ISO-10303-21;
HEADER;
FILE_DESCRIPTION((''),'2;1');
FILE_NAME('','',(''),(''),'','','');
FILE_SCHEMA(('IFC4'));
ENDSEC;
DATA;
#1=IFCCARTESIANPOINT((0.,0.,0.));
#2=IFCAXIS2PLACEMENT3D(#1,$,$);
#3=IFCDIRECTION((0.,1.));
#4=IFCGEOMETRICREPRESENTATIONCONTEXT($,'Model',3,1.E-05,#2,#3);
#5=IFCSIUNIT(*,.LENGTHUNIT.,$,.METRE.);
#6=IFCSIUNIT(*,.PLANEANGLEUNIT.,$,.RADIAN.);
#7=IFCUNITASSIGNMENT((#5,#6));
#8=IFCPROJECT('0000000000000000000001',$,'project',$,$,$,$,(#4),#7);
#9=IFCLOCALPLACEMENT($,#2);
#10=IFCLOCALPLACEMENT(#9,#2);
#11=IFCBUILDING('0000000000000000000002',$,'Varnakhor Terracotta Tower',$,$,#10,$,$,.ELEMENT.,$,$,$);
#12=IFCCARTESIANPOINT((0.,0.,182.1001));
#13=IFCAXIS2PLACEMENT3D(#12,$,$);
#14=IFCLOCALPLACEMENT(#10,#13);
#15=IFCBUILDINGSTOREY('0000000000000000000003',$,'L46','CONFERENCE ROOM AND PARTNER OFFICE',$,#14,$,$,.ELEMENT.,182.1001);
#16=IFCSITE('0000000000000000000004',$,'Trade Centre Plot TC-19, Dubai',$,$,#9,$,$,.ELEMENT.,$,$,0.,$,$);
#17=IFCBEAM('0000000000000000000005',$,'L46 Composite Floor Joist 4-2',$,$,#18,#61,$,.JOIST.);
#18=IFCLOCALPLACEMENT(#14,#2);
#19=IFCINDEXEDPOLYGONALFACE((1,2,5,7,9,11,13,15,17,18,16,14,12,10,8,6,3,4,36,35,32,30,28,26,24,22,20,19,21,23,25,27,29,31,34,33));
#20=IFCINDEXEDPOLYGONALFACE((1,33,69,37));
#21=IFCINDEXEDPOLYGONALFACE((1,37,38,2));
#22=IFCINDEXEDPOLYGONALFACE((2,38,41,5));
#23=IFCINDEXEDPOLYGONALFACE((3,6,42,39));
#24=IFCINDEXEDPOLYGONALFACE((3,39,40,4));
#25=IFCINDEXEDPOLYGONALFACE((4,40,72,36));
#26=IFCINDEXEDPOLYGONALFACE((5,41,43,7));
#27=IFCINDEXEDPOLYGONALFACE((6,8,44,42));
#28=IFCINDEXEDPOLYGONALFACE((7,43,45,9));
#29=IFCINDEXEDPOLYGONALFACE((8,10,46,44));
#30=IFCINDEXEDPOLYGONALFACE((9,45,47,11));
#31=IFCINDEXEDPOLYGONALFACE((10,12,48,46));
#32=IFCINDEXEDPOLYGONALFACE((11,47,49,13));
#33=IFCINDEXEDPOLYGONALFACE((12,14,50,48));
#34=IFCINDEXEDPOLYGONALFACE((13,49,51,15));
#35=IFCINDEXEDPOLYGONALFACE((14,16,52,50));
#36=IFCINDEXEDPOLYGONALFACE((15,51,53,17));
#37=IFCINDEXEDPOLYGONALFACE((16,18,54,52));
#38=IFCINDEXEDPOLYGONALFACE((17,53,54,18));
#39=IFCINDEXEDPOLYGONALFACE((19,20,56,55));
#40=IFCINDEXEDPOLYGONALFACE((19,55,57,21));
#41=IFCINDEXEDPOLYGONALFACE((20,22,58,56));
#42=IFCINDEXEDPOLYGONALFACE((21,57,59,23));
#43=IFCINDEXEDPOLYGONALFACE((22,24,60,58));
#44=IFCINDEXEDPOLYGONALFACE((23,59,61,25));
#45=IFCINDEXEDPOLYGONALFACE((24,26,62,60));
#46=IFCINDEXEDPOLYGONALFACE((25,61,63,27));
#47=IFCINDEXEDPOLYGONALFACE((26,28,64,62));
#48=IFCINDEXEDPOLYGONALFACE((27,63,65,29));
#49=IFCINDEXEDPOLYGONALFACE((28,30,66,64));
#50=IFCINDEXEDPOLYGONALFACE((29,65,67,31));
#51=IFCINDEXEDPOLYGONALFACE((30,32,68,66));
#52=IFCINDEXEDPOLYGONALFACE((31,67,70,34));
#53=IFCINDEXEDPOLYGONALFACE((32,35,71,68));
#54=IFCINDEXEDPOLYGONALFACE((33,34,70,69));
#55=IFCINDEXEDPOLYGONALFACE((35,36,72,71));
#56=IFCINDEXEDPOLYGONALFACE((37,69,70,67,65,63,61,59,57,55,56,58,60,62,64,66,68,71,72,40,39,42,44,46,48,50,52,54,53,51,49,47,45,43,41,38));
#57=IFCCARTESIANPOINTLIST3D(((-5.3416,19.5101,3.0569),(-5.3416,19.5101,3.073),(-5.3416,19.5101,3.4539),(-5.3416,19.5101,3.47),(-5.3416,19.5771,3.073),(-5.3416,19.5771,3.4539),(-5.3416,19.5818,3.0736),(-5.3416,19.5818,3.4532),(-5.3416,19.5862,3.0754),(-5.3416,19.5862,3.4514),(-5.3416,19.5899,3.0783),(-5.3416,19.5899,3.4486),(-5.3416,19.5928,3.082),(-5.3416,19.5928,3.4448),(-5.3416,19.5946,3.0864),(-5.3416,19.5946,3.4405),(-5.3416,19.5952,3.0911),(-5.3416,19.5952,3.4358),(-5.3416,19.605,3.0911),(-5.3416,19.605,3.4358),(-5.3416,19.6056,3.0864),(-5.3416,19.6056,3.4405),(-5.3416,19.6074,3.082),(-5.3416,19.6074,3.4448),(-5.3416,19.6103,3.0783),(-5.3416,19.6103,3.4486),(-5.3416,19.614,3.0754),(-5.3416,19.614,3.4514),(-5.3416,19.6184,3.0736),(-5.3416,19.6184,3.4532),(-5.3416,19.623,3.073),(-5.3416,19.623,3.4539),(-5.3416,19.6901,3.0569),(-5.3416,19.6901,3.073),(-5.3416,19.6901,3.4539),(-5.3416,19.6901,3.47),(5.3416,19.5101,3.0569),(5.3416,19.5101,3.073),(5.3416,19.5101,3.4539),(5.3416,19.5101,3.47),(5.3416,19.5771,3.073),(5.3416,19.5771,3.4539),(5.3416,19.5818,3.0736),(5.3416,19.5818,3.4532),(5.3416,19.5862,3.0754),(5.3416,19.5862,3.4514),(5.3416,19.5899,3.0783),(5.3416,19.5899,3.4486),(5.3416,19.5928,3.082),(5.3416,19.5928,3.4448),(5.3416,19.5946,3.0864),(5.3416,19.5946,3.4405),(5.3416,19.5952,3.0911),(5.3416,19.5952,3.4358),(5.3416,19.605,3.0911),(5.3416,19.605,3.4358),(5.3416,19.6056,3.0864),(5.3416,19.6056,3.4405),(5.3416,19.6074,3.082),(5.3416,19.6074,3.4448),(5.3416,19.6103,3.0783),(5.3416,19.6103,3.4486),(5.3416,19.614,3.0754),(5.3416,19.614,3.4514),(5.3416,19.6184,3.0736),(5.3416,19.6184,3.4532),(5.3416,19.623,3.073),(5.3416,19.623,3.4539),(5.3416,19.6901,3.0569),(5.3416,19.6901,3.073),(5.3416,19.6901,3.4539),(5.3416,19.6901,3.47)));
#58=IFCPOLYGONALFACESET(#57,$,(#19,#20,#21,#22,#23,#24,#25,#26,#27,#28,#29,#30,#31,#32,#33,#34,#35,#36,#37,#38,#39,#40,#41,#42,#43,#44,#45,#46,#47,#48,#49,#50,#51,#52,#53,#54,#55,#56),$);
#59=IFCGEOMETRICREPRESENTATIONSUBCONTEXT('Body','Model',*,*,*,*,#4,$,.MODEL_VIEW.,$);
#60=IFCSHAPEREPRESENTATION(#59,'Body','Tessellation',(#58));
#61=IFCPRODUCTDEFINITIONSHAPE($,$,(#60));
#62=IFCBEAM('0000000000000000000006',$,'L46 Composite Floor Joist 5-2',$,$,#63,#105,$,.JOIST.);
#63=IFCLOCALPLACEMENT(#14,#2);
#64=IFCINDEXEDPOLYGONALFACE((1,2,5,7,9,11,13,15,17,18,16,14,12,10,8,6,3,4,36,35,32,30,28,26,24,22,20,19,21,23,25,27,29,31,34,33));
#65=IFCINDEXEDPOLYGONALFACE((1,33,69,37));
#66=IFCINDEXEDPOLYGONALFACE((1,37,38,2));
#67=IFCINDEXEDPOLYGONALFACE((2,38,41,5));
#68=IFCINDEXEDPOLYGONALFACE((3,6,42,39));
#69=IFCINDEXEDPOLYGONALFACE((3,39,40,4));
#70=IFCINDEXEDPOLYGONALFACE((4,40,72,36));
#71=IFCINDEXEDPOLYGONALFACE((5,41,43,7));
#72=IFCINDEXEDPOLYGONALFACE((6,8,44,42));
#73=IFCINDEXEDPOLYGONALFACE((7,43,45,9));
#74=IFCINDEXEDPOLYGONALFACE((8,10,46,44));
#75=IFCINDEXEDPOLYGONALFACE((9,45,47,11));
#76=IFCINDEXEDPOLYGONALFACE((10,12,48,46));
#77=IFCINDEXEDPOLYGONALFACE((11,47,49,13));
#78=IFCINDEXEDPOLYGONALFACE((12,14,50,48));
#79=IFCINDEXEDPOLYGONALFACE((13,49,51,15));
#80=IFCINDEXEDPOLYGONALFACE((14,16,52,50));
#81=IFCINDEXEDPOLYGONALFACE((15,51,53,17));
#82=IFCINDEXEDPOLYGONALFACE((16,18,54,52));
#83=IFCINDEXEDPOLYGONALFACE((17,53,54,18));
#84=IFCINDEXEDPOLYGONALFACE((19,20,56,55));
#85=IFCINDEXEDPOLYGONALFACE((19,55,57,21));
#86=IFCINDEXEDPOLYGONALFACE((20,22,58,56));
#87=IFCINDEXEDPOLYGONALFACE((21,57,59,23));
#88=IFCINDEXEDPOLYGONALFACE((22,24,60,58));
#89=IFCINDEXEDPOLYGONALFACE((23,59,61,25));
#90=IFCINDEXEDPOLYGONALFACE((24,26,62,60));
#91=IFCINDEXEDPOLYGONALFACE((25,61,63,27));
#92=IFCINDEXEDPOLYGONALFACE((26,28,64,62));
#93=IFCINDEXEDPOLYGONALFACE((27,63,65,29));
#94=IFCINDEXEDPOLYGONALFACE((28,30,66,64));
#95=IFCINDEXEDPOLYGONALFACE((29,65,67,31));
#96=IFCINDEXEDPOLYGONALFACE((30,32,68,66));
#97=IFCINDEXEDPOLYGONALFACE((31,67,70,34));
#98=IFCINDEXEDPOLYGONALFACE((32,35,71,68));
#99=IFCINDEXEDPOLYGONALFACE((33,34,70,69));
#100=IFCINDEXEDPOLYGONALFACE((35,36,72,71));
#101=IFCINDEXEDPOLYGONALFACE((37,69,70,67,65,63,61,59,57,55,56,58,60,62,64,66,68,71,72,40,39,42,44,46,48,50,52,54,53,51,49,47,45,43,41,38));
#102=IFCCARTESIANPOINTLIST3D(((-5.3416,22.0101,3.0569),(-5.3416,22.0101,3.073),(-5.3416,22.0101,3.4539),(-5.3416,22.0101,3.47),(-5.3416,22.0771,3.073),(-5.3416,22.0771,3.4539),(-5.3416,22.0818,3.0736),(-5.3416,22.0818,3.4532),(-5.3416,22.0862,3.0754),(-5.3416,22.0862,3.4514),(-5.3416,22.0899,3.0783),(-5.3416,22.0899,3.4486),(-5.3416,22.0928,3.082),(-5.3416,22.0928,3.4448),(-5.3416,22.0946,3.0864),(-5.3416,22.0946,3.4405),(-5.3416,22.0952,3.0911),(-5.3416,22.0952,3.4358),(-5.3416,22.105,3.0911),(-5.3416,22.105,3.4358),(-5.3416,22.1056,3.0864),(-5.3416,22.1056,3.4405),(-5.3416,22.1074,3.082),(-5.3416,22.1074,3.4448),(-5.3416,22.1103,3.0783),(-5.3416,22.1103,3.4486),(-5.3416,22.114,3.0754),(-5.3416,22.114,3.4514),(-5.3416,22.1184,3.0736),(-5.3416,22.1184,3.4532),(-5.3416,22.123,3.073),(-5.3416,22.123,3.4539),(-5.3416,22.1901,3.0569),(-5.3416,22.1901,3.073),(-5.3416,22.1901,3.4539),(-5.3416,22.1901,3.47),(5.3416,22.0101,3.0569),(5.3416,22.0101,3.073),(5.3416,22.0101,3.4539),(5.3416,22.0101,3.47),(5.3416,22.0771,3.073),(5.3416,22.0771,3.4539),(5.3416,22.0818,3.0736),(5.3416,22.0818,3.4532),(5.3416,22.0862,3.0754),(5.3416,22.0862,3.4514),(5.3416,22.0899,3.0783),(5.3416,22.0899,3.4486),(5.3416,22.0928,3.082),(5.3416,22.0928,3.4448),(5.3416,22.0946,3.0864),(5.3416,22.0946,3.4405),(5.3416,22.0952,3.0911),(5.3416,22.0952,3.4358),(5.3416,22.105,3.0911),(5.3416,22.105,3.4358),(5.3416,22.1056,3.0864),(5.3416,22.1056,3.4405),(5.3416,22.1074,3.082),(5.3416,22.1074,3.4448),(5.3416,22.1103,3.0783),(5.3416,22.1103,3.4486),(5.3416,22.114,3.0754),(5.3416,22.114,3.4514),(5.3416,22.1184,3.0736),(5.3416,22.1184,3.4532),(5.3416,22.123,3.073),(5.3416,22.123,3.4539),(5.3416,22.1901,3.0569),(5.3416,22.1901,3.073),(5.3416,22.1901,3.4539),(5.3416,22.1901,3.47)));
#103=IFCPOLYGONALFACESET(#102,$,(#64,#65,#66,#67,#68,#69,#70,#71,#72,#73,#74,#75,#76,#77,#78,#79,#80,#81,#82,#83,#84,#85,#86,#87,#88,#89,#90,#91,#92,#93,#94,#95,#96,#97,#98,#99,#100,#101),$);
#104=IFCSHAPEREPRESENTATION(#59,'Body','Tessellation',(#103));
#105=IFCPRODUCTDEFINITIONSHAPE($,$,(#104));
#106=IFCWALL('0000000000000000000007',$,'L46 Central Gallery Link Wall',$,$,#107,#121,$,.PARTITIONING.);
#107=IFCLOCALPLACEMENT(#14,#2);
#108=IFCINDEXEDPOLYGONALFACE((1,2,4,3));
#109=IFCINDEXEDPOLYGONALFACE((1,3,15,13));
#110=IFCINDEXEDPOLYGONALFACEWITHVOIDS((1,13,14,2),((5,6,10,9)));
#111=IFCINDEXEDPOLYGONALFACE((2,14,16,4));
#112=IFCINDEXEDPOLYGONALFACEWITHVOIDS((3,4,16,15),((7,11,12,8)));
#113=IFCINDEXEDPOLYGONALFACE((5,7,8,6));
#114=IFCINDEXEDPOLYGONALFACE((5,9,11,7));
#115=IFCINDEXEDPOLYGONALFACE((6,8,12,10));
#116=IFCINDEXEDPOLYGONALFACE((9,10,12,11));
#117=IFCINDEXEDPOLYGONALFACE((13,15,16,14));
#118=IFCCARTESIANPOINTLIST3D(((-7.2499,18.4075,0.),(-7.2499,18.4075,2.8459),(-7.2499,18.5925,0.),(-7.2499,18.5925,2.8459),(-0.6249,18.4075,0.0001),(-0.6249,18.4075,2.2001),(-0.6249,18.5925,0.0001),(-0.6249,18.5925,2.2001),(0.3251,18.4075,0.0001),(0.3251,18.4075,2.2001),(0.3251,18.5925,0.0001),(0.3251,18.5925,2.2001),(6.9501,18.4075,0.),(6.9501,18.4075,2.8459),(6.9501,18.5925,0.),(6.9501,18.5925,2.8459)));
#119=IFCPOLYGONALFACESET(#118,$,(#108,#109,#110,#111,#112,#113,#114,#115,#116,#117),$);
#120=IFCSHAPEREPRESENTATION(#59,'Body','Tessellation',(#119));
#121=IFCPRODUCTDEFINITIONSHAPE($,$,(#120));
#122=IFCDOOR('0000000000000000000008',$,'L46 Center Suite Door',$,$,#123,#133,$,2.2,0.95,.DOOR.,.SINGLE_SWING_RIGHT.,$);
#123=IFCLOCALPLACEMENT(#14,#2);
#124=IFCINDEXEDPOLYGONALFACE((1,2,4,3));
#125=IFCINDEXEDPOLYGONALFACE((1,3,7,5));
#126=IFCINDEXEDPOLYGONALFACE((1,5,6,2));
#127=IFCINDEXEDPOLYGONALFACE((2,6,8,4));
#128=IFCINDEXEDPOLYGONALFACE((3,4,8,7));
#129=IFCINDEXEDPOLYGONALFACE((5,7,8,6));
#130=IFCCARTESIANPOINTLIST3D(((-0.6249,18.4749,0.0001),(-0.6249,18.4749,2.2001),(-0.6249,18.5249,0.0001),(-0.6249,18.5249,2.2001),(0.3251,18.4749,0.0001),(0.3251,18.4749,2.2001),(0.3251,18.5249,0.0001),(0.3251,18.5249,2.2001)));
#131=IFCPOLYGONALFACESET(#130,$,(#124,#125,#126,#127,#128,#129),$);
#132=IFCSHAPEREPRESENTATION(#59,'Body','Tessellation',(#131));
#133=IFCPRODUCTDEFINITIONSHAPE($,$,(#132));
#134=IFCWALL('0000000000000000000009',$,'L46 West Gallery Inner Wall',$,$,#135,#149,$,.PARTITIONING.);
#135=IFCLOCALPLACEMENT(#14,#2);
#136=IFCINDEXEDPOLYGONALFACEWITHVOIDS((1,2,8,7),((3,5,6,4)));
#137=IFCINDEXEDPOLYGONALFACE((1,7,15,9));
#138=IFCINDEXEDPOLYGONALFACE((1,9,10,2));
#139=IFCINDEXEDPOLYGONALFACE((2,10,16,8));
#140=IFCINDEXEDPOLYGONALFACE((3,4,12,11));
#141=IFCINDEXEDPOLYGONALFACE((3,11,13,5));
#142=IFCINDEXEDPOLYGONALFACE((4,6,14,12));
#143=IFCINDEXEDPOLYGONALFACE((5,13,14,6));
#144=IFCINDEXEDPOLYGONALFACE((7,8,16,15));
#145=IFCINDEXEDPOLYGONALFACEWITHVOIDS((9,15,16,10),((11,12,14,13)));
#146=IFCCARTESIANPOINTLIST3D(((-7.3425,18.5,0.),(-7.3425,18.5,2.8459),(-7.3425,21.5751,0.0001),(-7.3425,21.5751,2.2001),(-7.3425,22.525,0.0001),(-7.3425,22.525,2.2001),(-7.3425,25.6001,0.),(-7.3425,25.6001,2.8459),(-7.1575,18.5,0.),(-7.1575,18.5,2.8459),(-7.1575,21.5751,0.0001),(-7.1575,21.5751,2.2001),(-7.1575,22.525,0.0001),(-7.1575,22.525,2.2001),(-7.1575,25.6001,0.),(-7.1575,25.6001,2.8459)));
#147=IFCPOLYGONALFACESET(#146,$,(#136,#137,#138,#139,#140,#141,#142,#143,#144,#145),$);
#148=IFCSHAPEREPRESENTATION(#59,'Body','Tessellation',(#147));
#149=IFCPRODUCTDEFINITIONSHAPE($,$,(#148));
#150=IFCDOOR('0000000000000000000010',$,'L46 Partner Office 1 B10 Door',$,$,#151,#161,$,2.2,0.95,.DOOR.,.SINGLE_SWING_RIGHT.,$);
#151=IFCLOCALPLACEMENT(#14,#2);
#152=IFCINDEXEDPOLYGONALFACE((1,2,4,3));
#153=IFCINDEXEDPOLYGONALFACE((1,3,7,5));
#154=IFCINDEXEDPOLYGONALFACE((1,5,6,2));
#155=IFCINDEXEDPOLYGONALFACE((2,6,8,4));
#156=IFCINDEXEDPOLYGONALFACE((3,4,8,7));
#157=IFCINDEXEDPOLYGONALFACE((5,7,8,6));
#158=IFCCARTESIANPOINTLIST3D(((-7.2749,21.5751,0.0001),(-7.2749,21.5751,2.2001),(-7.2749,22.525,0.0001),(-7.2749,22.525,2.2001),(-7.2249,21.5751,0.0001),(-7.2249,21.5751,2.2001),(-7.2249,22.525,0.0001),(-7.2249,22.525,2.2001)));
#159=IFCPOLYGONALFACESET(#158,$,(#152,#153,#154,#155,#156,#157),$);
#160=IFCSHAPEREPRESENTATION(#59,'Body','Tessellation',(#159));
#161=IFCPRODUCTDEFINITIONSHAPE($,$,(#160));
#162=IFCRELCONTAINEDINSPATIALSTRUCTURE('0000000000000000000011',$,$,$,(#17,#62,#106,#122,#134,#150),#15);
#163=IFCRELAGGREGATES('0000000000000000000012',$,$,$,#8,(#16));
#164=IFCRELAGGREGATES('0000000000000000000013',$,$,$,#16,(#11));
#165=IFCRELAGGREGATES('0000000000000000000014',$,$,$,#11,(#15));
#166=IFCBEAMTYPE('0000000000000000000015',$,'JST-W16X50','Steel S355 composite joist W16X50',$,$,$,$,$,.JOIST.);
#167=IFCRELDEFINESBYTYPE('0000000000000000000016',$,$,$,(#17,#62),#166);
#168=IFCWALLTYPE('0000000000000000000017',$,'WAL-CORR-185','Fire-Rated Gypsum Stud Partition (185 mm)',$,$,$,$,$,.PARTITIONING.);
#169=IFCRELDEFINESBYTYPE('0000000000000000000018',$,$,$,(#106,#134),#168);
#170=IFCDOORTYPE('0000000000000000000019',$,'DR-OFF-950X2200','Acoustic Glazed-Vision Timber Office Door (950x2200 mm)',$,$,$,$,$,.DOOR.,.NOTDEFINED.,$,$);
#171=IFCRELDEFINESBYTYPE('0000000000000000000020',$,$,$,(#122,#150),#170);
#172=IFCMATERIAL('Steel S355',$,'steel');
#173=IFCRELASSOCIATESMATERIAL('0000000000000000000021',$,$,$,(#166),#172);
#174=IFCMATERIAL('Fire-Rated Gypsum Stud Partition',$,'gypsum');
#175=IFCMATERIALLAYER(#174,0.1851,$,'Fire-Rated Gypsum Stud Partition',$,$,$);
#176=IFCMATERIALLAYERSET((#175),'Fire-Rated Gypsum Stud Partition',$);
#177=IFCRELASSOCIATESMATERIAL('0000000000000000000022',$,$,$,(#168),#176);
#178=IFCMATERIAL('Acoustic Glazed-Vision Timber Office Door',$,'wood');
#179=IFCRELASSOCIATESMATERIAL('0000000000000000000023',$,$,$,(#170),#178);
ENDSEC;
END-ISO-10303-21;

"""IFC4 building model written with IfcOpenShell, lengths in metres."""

from ifc_helpers import new_model, si_unit, direction, frame, frame_2d, origin, origin_2d, place, context, subcontext, project, spatial, rectangle, i_section, extrude, source, transform, mapped, material, layer, layer_set, material_profile, profile_set, type_object, type_shapes, element, fill, save


model = new_model("IFC4")

# Units and contexts
model_context = context("Model", 3, precision=1e-05, world=origin(), true_north=direction((0.0, 1.0)))
body_context = subcontext(model_context, "Body", "Model", "MODEL_VIEW")
ifc_project = project(units=[si_unit("LENGTHUNIT", "METRE"), si_unit("PLANEANGLEUNIT", "RADIAN")], contexts=[model_context])

# Site, building, storey
site_placement = place(None, origin())
site = spatial("IfcSite", under=ifc_project, at=site_placement, Name="Trade Centre Plot TC-19, Dubai", CompositionType="ELEMENT", RefElevation=0.0)
building_placement = place(site_placement, origin())
building = spatial("IfcBuilding", under=site, at=building_placement, Name="Varnakhor Terracotta Tower", CompositionType="ELEMENT")
storey_placement = place(building_placement, frame((0.0, 0.0, 182.1001)))
storey = spatial("IfcBuildingStorey", under=building, at=storey_placement, Name="L46", Description="CONFERENCE ROOM AND PARTNER OFFICE", CompositionType="ELEMENT", Elevation=182.1001)

# Beams
ifc_material_1 = material(Name="Steel S355", Category="steel")
ifc_material_profile_1 = material_profile(ifc_material_1, i_section(OverallWidth=0.1799, OverallDepth=0.4131, WebThickness=0.0098, FlangeThickness=0.0161, FilletRadius=0.0181, at=origin_2d()), Name="W16X50")
ifc_profile_set_1 = profile_set([ifc_material_profile_1], Name="Steel S355")
beam_type_1 = type_object("IfcBeamType", Name="JST-W16X50", Description="Steel S355 composite joist W16X50", PredefinedType="JOIST", material=ifc_profile_set_1)
shared_shape_1 = source(origin(), body_context, "Body", "SweptSolid", [
    extrude(i_section(OverallWidth=0.1799, OverallDepth=0.4131, WebThickness=0.0098, FlangeThickness=0.0161, FilletRadius=0.0181, at=origin_2d()), origin(), (0.0, 0.0, 1.0), 10.6831),
])
for number, where, z_axis, x_axis, name in (
    (1, (-5.3416, 19.6001, 3.2634), (1.0, 0.0, 0.0), (0.0, 1.0, 0.0), "L46 Composite Floor Joist 4-2"),
    (2, (-5.3416, 22.1001, 3.2634), (1.0, 0.0, 0.0), (0.0, 1.0, 0.0), "L46 Composite Floor Joist 5-2"),
):
    element("IfcBeam", number, at=place(storey_placement, frame(where, z_axis=z_axis, x_axis=x_axis)), inside=storey, type_object=beam_type_1, Name=name, PredefinedType="JOIST", context=body_context, shape_type="MappedRepresentation", body=[
        mapped(shared_shape_1, transform((0.0, 0.0, 0.0), scale=1.0)),
    ])

# Walls, openings, doors
ifc_material_2 = material(Name="Fire-Rated Gypsum Stud Partition", Category="gypsum")
ifc_layer_1 = layer(ifc_material_2, 0.1851, Name="Fire-Rated Gypsum Stud Partition")
ifc_layer_set_1 = layer_set([ifc_layer_1], Name="Fire-Rated Gypsum Stud Partition")
wall_type_1 = type_object("IfcWallType", Name="WAL-CORR-185", Description="Fire-Rated Gypsum Stud Partition (185 mm)", PredefinedType="PARTITIONING", material=ifc_layer_set_1)
wall_1_placement = place(storey_placement, frame((-7.25, 18.5, 0.0), z_axis=(0.0, 0.0, 1.0), x_axis=(1.0, 0.0, 0.0)))
wall_1 = element("IfcWall", 3, at=wall_1_placement, inside=storey, type_object=wall_type_1, Name="L46 Central Gallery Link Wall", PredefinedType="PARTITIONING", context=body_context, shape_type="SweptSolid", body=[
    extrude(rectangle(XDim=14.2, YDim=0.1851, at=frame_2d((7.1001, 0.0))), origin(), (0.0, 0.0, 1.0), 2.8459),
])
opening_1_placement = place(wall_1_placement, frame((6.625, 0.0, 0.0)))
opening_1 = element("IfcOpeningElement", 4, at=opening_1_placement, cuts=wall_1, PredefinedType="OPENING", context=body_context, shape_type="SweptSolid", body=[
    extrude(rectangle(XDim=0.95, YDim=2.2, at=frame_2d((0.4751, 1.1001))), frame((0.0, 0.1025, 0.0), z_axis=(0.0, -1.0, 0.0), x_axis=(1.0, 0.0, 0.0)), (0.0, 0.0, 1.0), 0.2051),
])
ifc_material_3 = material(Name="Acoustic Glazed-Vision Timber Office Door", Category="wood")
door_type_1 = type_object("IfcDoorType", Name="DR-OFF-950X2200", Description="Acoustic Glazed-Vision Timber Office Door (950x2200 mm)", OperationType="NOTDEFINED", PredefinedType="DOOR", material=ifc_material_3)
shared_shape_2 = source(origin(), body_context, "Body", "SweptSolid", [
    extrude(rectangle(XDim=0.95, YDim=2.2, at=frame_2d((0.4751, 1.1001))), frame((0.0, 0.0249, 0.0), z_axis=(0.0, -1.0, 0.0), x_axis=(1.0, 0.0, 0.0)), (0.0, 0.0, 1.0), 0.05),
])
type_shapes(door_type_1, [shared_shape_2])
door_1_placement = place(opening_1_placement, origin())
door_1 = element("IfcDoor", 5, at=door_1_placement, inside=storey, type_object=door_type_1, Name="L46 Center Suite Door", OperationType="SINGLE_SWING_RIGHT", OverallHeight=2.2, OverallWidth=0.95, PredefinedType="DOOR", context=body_context, shape_type="MappedRepresentation", body=[
    mapped(shared_shape_2, transform((0.0, 0.0, 0.0), scale=1.0)),
])
fill(opening_1, door_1)
wall_2_placement = place(storey_placement, frame((-7.25, 18.5, 0.0), z_axis=(0.0, 0.0, 1.0), x_axis=(0.0, 1.0, 0.0)))
wall_2 = element("IfcWall", 6, at=wall_2_placement, inside=storey, type_object=wall_type_1, Name="L46 West Gallery Inner Wall", PredefinedType="PARTITIONING", context=body_context, shape_type="SweptSolid", body=[
    extrude(rectangle(XDim=7.1001, YDim=0.1851, at=frame_2d((3.55, 0.0))), origin(), (0.0, 0.0, 1.0), 2.8459),
])
opening_2_placement = place(wall_2_placement, frame((3.075, 0.0, 0.0)))
opening_2 = element("IfcOpeningElement", 7, at=opening_2_placement, cuts=wall_2, PredefinedType="OPENING", context=body_context, shape_type="SweptSolid", body=[
    extrude(rectangle(XDim=0.95, YDim=2.2, at=frame_2d((0.4751, 1.1001))), frame((0.0, 0.1025, 0.0), z_axis=(0.0, -1.0, 0.0), x_axis=(1.0, 0.0, 0.0)), (0.0, 0.0, 1.0), 0.2051),
])
door_2_placement = place(opening_2_placement, origin())
door_2 = element("IfcDoor", 8, at=door_2_placement, inside=storey, type_object=door_type_1, Name="L46 Partner Office 1 B10 Door", OperationType="SINGLE_SWING_RIGHT", OverallHeight=2.2, OverallWidth=0.95, PredefinedType="DOOR", context=body_context, shape_type="MappedRepresentation", body=[
    mapped(shared_shape_2, transform((0.0, 0.0, 0.0), scale=1.0)),
])
fill(opening_2, door_2)

save(model, "model.ifc")
